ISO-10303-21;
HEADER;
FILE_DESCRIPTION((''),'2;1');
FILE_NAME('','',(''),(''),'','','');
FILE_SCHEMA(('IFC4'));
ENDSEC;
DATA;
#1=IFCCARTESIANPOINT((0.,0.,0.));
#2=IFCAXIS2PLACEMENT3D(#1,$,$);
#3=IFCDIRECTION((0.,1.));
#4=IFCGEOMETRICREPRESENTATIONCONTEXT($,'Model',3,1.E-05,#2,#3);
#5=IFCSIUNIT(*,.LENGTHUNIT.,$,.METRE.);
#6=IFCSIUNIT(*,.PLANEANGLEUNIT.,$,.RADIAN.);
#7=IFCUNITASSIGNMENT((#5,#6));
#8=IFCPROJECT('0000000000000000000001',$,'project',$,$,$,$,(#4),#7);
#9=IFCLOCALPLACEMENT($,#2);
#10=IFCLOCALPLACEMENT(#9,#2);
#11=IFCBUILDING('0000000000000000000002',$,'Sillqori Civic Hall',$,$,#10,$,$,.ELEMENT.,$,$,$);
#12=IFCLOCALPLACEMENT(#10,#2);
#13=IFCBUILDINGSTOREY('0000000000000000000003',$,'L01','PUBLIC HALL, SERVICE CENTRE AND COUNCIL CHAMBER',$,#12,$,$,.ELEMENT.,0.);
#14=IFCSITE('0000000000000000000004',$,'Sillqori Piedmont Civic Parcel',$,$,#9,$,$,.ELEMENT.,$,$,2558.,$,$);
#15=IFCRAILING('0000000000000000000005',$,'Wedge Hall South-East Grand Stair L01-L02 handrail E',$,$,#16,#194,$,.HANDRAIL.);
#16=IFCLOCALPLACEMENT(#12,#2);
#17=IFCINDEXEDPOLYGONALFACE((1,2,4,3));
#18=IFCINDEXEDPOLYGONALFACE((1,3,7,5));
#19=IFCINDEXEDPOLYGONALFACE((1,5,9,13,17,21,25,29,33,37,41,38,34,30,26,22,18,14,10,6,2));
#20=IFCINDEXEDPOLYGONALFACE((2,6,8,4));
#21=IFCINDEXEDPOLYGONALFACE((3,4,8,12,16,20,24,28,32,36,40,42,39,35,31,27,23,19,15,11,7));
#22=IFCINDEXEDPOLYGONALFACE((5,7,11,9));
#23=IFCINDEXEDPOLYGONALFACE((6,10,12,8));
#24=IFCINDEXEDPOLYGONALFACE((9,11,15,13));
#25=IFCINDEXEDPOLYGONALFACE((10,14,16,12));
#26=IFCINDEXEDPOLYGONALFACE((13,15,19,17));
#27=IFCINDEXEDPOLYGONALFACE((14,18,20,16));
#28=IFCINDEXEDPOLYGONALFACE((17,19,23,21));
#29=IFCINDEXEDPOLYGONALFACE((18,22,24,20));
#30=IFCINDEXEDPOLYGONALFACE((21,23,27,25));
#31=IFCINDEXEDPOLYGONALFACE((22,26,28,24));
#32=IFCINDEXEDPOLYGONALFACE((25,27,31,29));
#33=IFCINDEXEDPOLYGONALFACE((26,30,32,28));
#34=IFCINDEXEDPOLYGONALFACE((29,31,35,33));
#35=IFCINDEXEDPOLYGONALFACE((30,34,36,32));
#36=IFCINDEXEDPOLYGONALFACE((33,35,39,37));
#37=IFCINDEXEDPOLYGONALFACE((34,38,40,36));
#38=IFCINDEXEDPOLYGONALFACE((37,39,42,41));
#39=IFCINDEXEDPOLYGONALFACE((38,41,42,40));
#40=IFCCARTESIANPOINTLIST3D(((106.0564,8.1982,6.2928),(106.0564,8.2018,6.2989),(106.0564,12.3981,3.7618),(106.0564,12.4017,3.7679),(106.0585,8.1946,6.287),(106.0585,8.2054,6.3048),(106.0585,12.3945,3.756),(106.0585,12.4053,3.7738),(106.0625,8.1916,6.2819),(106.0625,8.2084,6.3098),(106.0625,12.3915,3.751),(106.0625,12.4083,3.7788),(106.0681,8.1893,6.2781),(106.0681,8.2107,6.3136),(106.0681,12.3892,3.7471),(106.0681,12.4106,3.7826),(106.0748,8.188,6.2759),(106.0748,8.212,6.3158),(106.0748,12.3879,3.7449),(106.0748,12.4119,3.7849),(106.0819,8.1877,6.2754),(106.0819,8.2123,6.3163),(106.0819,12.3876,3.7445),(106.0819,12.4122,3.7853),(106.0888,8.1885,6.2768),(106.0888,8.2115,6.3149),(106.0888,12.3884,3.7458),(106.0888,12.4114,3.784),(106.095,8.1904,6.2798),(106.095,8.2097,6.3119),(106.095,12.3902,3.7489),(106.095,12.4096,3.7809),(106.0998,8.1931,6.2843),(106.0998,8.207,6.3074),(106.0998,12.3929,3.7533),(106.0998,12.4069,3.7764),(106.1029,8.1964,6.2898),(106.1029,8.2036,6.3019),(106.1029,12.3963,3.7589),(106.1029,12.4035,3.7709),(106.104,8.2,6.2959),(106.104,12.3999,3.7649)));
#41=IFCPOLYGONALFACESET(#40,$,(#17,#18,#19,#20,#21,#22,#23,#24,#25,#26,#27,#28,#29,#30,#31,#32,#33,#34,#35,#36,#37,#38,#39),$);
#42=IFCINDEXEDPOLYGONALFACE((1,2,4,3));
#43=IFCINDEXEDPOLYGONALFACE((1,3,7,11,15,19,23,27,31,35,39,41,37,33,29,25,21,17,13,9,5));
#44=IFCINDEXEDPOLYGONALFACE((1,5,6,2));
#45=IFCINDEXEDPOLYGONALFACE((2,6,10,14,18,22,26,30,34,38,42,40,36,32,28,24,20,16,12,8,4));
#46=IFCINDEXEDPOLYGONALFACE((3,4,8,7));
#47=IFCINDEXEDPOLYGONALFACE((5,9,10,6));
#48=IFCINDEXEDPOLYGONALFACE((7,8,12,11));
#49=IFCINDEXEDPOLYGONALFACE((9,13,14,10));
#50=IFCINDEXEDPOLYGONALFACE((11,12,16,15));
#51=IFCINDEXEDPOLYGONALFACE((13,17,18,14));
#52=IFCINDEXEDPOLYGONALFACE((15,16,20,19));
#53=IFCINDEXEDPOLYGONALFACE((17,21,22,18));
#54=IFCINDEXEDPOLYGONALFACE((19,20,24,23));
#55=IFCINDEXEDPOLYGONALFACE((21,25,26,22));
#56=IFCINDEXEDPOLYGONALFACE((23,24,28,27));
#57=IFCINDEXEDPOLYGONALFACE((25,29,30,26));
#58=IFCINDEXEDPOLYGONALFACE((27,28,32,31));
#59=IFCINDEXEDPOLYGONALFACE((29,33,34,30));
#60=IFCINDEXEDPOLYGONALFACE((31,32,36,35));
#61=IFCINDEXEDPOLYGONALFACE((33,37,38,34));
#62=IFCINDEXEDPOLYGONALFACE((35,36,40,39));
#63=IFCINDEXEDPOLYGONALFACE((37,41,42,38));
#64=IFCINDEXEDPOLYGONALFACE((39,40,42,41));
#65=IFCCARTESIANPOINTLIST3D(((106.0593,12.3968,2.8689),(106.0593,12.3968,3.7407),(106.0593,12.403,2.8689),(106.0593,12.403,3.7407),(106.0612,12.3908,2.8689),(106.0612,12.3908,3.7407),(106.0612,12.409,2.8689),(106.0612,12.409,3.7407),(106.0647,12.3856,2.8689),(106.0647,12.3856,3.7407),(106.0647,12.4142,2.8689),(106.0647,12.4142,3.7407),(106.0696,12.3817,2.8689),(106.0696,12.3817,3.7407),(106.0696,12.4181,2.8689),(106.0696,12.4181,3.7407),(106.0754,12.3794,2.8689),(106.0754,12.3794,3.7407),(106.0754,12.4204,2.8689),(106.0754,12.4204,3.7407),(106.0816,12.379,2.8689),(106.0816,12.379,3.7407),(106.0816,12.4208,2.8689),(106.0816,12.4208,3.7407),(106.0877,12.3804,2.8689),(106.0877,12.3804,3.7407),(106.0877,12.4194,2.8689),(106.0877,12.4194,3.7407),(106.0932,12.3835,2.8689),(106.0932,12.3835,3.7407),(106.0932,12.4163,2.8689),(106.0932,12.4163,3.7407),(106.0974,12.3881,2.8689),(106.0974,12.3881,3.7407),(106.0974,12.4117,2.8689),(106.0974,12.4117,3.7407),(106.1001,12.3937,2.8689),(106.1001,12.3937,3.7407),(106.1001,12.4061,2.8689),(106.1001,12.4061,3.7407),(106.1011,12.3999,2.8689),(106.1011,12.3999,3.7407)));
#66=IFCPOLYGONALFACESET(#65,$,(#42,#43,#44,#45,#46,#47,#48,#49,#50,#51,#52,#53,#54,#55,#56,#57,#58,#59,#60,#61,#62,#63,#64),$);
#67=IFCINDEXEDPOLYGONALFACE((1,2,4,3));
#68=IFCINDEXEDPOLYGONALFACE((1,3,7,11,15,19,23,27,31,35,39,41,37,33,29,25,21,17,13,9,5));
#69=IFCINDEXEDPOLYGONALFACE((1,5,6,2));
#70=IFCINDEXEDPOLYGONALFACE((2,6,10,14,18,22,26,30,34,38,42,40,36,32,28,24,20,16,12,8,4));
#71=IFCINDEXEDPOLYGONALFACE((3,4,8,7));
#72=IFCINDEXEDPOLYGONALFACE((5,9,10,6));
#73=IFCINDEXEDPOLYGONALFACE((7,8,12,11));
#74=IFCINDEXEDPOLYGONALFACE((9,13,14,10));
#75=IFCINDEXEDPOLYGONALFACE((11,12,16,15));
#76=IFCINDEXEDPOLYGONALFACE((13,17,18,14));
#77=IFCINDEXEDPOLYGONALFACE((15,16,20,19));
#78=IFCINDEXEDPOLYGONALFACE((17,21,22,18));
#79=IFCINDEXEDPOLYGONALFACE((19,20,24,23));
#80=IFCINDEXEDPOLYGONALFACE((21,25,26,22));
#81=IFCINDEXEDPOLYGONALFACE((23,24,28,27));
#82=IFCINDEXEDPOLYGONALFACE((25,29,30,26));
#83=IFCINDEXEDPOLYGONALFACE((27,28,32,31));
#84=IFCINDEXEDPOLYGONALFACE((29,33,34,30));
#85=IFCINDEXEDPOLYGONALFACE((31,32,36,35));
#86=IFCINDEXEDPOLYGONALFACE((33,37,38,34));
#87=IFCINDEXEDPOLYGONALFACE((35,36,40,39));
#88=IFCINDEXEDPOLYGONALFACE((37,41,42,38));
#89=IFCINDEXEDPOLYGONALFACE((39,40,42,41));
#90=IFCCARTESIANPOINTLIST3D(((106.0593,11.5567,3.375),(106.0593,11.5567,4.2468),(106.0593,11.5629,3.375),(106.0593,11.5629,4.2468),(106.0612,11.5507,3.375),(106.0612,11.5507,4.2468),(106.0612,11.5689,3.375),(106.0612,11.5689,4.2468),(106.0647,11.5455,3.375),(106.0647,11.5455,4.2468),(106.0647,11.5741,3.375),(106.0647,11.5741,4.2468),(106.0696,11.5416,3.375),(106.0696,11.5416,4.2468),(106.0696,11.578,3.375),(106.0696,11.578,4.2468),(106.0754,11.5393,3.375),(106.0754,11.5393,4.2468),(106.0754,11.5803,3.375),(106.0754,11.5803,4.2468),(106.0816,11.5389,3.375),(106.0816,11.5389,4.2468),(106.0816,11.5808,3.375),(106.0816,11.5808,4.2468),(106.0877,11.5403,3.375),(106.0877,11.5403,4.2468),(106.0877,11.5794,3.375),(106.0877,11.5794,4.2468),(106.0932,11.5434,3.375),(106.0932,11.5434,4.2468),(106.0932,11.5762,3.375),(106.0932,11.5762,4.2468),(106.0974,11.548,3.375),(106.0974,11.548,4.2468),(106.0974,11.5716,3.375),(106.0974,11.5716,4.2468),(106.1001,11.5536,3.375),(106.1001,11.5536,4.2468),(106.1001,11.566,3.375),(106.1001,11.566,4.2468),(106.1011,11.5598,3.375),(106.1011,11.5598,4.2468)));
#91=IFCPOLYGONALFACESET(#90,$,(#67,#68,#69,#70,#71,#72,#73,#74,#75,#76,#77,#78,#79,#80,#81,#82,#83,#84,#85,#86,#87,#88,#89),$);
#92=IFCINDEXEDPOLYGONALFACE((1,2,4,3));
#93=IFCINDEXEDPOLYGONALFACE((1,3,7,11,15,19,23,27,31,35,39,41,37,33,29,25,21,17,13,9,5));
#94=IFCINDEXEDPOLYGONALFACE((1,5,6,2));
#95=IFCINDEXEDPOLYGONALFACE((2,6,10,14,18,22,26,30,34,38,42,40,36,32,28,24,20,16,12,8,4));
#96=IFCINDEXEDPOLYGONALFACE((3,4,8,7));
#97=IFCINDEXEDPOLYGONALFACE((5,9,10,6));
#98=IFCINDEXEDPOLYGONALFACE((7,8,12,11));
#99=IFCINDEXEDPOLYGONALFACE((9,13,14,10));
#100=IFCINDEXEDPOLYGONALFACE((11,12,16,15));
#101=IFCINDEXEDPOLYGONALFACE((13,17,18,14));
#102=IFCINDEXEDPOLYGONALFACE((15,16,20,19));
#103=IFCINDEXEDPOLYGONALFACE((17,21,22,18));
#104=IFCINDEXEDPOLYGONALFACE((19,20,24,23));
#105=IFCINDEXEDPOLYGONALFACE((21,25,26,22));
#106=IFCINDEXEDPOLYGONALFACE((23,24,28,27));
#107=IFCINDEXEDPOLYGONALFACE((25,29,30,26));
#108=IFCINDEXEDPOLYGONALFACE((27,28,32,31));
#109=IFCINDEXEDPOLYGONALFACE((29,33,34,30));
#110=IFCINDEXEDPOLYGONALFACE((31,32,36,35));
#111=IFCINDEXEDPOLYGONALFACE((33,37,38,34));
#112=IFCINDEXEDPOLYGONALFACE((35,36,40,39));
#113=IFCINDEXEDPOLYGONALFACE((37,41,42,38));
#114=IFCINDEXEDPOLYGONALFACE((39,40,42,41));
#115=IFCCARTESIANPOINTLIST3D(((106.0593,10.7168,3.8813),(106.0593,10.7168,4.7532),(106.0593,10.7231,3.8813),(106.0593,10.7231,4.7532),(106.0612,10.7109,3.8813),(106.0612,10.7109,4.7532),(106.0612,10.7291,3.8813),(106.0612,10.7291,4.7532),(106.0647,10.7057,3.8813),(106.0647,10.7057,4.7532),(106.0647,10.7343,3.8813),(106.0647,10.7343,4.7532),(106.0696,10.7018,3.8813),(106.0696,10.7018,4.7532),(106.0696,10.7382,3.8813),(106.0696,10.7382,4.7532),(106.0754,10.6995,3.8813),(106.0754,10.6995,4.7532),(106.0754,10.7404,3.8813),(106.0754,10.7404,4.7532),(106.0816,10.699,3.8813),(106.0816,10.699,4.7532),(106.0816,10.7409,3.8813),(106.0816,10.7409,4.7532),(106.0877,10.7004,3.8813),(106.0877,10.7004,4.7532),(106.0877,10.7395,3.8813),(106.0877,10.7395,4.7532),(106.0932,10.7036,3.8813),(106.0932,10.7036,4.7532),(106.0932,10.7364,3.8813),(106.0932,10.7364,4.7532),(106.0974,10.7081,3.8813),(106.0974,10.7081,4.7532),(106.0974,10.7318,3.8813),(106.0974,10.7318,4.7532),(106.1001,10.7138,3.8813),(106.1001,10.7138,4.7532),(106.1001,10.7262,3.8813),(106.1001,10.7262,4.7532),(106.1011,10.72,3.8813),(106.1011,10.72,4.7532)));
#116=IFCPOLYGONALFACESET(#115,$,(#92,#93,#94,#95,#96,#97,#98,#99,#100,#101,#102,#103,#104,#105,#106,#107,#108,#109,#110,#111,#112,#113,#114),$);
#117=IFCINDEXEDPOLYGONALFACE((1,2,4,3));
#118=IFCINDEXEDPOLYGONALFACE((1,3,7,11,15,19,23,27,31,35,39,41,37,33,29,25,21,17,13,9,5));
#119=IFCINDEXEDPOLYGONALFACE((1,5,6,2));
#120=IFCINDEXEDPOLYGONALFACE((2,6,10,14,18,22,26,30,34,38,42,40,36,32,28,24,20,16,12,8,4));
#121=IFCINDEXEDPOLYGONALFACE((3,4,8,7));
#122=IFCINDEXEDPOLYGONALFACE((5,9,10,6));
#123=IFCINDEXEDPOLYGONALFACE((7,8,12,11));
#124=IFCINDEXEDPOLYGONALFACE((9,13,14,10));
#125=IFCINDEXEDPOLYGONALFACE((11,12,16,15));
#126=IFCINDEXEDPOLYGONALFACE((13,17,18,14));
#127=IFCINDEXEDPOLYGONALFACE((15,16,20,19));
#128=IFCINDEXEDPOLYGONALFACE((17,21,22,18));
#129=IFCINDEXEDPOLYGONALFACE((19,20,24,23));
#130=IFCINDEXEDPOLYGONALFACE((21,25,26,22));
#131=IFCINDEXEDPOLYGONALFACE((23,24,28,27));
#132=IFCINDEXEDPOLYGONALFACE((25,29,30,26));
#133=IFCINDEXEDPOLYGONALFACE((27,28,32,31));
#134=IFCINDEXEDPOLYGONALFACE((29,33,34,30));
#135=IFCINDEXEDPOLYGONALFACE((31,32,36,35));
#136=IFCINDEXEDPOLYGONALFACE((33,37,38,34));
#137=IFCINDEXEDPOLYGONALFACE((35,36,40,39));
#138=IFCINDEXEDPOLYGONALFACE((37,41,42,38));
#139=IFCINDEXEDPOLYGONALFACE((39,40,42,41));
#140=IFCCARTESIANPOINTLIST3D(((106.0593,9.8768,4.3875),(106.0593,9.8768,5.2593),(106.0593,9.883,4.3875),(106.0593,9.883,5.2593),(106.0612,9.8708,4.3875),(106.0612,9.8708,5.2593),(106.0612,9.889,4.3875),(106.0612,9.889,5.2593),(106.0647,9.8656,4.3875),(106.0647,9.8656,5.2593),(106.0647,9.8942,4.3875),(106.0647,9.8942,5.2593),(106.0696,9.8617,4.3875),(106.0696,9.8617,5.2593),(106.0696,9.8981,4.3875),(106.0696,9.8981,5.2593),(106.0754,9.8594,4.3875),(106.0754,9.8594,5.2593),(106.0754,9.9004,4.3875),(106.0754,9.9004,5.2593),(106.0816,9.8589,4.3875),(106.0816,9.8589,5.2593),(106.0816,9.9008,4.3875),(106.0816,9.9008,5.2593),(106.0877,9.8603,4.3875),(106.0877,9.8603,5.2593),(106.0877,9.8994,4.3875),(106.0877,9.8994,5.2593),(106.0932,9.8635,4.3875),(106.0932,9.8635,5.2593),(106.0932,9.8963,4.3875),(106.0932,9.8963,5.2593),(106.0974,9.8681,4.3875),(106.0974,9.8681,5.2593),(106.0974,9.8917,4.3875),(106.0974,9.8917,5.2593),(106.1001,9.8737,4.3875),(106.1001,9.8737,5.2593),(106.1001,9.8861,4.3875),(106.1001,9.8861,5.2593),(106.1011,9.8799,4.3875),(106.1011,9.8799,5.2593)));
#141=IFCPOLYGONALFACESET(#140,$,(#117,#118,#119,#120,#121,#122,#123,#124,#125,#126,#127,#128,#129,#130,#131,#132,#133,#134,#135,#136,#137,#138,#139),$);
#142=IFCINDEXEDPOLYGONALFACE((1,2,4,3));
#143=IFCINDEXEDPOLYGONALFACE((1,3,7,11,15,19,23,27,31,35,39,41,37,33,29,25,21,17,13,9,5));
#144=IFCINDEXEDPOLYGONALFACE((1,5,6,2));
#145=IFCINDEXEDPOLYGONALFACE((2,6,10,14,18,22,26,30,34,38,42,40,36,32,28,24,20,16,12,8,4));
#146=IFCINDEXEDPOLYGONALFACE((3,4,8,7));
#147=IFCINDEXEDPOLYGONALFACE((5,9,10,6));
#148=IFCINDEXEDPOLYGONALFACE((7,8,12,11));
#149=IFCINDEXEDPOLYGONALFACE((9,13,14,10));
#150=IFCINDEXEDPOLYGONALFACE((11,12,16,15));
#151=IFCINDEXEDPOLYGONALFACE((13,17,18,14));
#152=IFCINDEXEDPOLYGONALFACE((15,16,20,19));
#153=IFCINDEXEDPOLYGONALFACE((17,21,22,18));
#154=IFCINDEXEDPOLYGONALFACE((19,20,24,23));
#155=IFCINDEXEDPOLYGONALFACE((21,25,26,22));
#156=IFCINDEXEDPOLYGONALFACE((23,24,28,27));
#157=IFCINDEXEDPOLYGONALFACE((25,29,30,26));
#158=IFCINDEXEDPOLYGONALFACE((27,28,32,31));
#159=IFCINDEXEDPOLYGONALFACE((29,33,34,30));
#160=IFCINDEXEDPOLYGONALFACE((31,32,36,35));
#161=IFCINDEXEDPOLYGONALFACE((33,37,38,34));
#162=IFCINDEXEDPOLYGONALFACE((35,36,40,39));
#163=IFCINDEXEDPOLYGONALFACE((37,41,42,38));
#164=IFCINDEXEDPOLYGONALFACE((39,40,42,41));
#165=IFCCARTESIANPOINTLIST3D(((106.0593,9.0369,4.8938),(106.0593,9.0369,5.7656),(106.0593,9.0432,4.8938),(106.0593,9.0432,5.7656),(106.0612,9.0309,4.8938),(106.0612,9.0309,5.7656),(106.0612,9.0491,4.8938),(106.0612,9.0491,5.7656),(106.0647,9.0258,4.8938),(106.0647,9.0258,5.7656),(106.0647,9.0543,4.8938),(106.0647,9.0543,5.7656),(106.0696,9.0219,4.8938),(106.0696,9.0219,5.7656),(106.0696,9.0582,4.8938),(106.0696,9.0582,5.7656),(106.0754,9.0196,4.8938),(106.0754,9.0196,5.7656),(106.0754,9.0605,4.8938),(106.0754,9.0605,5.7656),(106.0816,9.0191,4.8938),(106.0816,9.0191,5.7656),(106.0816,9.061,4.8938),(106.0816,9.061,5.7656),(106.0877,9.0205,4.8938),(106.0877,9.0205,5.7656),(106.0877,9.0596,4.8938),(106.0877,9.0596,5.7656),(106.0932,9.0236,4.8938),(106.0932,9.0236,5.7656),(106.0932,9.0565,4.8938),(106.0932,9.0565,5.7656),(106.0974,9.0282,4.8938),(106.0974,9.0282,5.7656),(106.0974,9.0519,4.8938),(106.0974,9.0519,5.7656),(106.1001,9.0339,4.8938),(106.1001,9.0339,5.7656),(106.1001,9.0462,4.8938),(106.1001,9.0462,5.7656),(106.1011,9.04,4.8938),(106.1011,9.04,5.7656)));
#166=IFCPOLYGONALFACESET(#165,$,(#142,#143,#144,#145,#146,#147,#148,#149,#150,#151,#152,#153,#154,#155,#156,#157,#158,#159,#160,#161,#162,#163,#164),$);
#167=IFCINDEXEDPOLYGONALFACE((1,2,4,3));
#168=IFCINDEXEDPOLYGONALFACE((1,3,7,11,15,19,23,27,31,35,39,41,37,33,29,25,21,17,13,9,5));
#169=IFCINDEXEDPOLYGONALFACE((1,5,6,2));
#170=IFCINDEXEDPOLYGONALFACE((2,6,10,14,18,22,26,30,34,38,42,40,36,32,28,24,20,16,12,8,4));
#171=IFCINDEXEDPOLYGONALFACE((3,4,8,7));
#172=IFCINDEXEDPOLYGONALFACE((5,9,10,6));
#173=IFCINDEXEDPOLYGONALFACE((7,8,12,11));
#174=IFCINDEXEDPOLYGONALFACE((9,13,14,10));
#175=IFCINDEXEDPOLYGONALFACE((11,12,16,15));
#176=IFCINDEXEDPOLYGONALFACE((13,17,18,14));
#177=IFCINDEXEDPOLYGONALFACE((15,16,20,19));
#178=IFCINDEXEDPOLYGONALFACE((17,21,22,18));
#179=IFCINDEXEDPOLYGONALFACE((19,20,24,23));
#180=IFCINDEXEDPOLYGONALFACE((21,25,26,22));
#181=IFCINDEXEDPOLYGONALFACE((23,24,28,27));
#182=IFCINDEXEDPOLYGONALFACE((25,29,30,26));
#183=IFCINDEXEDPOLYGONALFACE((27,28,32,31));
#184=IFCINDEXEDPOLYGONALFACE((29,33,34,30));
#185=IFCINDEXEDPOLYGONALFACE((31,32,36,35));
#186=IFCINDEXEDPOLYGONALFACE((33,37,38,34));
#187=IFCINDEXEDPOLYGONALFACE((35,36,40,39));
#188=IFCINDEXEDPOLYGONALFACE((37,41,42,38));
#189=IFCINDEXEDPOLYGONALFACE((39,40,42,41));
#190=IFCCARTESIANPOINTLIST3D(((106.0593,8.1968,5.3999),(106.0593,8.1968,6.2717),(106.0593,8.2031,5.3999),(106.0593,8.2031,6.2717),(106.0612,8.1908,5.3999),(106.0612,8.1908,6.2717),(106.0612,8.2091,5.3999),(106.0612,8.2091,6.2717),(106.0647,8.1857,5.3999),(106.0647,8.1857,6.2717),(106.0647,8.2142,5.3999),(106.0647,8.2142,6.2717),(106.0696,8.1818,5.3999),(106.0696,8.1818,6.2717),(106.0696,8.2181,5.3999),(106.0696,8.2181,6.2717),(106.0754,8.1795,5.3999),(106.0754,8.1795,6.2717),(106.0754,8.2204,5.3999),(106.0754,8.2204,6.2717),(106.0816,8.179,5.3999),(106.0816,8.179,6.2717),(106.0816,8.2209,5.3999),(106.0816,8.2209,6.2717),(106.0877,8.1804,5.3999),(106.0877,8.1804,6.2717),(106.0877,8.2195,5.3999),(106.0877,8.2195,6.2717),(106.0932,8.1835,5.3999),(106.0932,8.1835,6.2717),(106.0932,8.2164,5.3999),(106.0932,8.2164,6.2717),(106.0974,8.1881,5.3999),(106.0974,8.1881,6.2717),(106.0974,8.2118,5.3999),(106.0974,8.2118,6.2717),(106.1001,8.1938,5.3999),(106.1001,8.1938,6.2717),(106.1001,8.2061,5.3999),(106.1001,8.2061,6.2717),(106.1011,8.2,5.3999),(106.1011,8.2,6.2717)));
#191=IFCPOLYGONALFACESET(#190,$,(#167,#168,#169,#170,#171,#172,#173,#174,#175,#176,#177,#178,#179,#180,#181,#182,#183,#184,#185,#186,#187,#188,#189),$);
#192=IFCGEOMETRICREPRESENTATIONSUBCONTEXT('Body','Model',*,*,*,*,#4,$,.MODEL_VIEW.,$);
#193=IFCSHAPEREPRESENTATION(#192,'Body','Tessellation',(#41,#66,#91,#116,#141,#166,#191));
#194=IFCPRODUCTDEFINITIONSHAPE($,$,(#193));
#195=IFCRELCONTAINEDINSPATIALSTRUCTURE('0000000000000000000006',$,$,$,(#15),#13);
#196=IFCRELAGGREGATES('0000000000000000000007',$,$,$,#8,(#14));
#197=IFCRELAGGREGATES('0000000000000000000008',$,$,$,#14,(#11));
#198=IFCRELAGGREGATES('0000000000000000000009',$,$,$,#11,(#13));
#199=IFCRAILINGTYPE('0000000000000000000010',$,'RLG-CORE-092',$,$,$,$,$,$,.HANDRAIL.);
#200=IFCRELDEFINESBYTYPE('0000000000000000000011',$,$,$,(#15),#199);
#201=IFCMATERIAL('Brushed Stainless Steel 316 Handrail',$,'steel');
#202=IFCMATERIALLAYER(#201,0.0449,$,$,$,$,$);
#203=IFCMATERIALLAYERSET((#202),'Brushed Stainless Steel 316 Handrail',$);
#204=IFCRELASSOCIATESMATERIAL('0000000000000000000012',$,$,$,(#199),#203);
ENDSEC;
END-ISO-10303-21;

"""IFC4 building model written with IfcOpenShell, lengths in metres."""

from ifc_helpers import new_model, si_unit, direction, frame, origin, origin_2d, place, context, subcontext, project, spatial, circle, extrude, material, layer, layer_set, type_object, element, save


model = new_model("IFC4")

# Units and contexts
model_context = context("Model", 3, precision=1e-05, world=origin(), true_north=direction((0.0, 1.0)))
body_context = subcontext(model_context, "Body", "Model", "MODEL_VIEW")
ifc_project = project(units=[si_unit("LENGTHUNIT", "METRE"), si_unit("PLANEANGLEUNIT", "RADIAN")], contexts=[model_context])

# Site, building, storey
site_placement = place(None, origin())
site = spatial("IfcSite", under=ifc_project, at=site_placement, Name="Sillqori Piedmont Civic Parcel", CompositionType="ELEMENT", RefElevation=2558.0)
building_placement = place(site_placement, origin())
building = spatial("IfcBuilding", under=site, at=building_placement, Name="Sillqori Civic Hall", CompositionType="ELEMENT")
storey_placement = place(building_placement, origin())
storey = spatial("IfcBuildingStorey", under=building, at=storey_placement, Name="L01", Description="PUBLIC HALL, SERVICE CENTRE AND COUNCIL CHAMBER", CompositionType="ELEMENT", Elevation=0.0)

# Railing
ifc_material_1 = material(Name="Brushed Stainless Steel 316 Handrail", Category="steel")
ifc_layer_1 = layer(ifc_material_1, 0.0449)
ifc_layer_set_1 = layer_set([ifc_layer_1], Name="Brushed Stainless Steel 316 Handrail")
railing_type_1 = type_object("IfcRailingType", Name="RLG-CORE-092", PredefinedType="HANDRAIL", material=ifc_layer_set_1)
railing_1_placement = place(storey_placement, frame((106.0801, 12.3999, 2.8689)))
element("IfcRailing", 1, at=railing_1_placement, inside=storey, type_object=railing_type_1, Name="Wedge Hall South-East Grand Stair L01-L02 handrail E", PredefinedType="HANDRAIL", context=body_context, shape_type="SweptSolid", body=[
    extrude(circle(Radius=0.0239, at=origin_2d()), frame((0.0, 0.0, 0.896), z_axis=(0.0, -0.856499, 0.51615), x_axis=(1.0, 0.0, 0.0)), (0.0, 0.0, 1.0), 4.9036),
    extrude(circle(Radius=0.021, at=origin_2d()), origin(), (0.0, 0.0, 1.0), 0.8718),
    extrude(circle(Radius=0.021, at=origin_2d()), frame((0.0, -0.8401, 0.5061)), (0.0, 0.0, 1.0), 0.8718),
    extrude(circle(Radius=0.021, at=origin_2d()), frame((0.0, -1.6799, 1.0125)), (0.0, 0.0, 1.0), 0.8718),
    extrude(circle(Radius=0.021, at=origin_2d()), frame((0.0, -2.52, 1.5186)), (0.0, 0.0, 1.0), 0.8718),
    extrude(circle(Radius=0.021, at=origin_2d()), frame((0.0, -3.3599, 2.0249)), (0.0, 0.0, 1.0), 0.8718),
    extrude(circle(Radius=0.021, at=origin_2d()), frame((0.0, -4.2, 2.531)), (0.0, 0.0, 1.0), 0.8718),
])

save(model, "model.ifc")
